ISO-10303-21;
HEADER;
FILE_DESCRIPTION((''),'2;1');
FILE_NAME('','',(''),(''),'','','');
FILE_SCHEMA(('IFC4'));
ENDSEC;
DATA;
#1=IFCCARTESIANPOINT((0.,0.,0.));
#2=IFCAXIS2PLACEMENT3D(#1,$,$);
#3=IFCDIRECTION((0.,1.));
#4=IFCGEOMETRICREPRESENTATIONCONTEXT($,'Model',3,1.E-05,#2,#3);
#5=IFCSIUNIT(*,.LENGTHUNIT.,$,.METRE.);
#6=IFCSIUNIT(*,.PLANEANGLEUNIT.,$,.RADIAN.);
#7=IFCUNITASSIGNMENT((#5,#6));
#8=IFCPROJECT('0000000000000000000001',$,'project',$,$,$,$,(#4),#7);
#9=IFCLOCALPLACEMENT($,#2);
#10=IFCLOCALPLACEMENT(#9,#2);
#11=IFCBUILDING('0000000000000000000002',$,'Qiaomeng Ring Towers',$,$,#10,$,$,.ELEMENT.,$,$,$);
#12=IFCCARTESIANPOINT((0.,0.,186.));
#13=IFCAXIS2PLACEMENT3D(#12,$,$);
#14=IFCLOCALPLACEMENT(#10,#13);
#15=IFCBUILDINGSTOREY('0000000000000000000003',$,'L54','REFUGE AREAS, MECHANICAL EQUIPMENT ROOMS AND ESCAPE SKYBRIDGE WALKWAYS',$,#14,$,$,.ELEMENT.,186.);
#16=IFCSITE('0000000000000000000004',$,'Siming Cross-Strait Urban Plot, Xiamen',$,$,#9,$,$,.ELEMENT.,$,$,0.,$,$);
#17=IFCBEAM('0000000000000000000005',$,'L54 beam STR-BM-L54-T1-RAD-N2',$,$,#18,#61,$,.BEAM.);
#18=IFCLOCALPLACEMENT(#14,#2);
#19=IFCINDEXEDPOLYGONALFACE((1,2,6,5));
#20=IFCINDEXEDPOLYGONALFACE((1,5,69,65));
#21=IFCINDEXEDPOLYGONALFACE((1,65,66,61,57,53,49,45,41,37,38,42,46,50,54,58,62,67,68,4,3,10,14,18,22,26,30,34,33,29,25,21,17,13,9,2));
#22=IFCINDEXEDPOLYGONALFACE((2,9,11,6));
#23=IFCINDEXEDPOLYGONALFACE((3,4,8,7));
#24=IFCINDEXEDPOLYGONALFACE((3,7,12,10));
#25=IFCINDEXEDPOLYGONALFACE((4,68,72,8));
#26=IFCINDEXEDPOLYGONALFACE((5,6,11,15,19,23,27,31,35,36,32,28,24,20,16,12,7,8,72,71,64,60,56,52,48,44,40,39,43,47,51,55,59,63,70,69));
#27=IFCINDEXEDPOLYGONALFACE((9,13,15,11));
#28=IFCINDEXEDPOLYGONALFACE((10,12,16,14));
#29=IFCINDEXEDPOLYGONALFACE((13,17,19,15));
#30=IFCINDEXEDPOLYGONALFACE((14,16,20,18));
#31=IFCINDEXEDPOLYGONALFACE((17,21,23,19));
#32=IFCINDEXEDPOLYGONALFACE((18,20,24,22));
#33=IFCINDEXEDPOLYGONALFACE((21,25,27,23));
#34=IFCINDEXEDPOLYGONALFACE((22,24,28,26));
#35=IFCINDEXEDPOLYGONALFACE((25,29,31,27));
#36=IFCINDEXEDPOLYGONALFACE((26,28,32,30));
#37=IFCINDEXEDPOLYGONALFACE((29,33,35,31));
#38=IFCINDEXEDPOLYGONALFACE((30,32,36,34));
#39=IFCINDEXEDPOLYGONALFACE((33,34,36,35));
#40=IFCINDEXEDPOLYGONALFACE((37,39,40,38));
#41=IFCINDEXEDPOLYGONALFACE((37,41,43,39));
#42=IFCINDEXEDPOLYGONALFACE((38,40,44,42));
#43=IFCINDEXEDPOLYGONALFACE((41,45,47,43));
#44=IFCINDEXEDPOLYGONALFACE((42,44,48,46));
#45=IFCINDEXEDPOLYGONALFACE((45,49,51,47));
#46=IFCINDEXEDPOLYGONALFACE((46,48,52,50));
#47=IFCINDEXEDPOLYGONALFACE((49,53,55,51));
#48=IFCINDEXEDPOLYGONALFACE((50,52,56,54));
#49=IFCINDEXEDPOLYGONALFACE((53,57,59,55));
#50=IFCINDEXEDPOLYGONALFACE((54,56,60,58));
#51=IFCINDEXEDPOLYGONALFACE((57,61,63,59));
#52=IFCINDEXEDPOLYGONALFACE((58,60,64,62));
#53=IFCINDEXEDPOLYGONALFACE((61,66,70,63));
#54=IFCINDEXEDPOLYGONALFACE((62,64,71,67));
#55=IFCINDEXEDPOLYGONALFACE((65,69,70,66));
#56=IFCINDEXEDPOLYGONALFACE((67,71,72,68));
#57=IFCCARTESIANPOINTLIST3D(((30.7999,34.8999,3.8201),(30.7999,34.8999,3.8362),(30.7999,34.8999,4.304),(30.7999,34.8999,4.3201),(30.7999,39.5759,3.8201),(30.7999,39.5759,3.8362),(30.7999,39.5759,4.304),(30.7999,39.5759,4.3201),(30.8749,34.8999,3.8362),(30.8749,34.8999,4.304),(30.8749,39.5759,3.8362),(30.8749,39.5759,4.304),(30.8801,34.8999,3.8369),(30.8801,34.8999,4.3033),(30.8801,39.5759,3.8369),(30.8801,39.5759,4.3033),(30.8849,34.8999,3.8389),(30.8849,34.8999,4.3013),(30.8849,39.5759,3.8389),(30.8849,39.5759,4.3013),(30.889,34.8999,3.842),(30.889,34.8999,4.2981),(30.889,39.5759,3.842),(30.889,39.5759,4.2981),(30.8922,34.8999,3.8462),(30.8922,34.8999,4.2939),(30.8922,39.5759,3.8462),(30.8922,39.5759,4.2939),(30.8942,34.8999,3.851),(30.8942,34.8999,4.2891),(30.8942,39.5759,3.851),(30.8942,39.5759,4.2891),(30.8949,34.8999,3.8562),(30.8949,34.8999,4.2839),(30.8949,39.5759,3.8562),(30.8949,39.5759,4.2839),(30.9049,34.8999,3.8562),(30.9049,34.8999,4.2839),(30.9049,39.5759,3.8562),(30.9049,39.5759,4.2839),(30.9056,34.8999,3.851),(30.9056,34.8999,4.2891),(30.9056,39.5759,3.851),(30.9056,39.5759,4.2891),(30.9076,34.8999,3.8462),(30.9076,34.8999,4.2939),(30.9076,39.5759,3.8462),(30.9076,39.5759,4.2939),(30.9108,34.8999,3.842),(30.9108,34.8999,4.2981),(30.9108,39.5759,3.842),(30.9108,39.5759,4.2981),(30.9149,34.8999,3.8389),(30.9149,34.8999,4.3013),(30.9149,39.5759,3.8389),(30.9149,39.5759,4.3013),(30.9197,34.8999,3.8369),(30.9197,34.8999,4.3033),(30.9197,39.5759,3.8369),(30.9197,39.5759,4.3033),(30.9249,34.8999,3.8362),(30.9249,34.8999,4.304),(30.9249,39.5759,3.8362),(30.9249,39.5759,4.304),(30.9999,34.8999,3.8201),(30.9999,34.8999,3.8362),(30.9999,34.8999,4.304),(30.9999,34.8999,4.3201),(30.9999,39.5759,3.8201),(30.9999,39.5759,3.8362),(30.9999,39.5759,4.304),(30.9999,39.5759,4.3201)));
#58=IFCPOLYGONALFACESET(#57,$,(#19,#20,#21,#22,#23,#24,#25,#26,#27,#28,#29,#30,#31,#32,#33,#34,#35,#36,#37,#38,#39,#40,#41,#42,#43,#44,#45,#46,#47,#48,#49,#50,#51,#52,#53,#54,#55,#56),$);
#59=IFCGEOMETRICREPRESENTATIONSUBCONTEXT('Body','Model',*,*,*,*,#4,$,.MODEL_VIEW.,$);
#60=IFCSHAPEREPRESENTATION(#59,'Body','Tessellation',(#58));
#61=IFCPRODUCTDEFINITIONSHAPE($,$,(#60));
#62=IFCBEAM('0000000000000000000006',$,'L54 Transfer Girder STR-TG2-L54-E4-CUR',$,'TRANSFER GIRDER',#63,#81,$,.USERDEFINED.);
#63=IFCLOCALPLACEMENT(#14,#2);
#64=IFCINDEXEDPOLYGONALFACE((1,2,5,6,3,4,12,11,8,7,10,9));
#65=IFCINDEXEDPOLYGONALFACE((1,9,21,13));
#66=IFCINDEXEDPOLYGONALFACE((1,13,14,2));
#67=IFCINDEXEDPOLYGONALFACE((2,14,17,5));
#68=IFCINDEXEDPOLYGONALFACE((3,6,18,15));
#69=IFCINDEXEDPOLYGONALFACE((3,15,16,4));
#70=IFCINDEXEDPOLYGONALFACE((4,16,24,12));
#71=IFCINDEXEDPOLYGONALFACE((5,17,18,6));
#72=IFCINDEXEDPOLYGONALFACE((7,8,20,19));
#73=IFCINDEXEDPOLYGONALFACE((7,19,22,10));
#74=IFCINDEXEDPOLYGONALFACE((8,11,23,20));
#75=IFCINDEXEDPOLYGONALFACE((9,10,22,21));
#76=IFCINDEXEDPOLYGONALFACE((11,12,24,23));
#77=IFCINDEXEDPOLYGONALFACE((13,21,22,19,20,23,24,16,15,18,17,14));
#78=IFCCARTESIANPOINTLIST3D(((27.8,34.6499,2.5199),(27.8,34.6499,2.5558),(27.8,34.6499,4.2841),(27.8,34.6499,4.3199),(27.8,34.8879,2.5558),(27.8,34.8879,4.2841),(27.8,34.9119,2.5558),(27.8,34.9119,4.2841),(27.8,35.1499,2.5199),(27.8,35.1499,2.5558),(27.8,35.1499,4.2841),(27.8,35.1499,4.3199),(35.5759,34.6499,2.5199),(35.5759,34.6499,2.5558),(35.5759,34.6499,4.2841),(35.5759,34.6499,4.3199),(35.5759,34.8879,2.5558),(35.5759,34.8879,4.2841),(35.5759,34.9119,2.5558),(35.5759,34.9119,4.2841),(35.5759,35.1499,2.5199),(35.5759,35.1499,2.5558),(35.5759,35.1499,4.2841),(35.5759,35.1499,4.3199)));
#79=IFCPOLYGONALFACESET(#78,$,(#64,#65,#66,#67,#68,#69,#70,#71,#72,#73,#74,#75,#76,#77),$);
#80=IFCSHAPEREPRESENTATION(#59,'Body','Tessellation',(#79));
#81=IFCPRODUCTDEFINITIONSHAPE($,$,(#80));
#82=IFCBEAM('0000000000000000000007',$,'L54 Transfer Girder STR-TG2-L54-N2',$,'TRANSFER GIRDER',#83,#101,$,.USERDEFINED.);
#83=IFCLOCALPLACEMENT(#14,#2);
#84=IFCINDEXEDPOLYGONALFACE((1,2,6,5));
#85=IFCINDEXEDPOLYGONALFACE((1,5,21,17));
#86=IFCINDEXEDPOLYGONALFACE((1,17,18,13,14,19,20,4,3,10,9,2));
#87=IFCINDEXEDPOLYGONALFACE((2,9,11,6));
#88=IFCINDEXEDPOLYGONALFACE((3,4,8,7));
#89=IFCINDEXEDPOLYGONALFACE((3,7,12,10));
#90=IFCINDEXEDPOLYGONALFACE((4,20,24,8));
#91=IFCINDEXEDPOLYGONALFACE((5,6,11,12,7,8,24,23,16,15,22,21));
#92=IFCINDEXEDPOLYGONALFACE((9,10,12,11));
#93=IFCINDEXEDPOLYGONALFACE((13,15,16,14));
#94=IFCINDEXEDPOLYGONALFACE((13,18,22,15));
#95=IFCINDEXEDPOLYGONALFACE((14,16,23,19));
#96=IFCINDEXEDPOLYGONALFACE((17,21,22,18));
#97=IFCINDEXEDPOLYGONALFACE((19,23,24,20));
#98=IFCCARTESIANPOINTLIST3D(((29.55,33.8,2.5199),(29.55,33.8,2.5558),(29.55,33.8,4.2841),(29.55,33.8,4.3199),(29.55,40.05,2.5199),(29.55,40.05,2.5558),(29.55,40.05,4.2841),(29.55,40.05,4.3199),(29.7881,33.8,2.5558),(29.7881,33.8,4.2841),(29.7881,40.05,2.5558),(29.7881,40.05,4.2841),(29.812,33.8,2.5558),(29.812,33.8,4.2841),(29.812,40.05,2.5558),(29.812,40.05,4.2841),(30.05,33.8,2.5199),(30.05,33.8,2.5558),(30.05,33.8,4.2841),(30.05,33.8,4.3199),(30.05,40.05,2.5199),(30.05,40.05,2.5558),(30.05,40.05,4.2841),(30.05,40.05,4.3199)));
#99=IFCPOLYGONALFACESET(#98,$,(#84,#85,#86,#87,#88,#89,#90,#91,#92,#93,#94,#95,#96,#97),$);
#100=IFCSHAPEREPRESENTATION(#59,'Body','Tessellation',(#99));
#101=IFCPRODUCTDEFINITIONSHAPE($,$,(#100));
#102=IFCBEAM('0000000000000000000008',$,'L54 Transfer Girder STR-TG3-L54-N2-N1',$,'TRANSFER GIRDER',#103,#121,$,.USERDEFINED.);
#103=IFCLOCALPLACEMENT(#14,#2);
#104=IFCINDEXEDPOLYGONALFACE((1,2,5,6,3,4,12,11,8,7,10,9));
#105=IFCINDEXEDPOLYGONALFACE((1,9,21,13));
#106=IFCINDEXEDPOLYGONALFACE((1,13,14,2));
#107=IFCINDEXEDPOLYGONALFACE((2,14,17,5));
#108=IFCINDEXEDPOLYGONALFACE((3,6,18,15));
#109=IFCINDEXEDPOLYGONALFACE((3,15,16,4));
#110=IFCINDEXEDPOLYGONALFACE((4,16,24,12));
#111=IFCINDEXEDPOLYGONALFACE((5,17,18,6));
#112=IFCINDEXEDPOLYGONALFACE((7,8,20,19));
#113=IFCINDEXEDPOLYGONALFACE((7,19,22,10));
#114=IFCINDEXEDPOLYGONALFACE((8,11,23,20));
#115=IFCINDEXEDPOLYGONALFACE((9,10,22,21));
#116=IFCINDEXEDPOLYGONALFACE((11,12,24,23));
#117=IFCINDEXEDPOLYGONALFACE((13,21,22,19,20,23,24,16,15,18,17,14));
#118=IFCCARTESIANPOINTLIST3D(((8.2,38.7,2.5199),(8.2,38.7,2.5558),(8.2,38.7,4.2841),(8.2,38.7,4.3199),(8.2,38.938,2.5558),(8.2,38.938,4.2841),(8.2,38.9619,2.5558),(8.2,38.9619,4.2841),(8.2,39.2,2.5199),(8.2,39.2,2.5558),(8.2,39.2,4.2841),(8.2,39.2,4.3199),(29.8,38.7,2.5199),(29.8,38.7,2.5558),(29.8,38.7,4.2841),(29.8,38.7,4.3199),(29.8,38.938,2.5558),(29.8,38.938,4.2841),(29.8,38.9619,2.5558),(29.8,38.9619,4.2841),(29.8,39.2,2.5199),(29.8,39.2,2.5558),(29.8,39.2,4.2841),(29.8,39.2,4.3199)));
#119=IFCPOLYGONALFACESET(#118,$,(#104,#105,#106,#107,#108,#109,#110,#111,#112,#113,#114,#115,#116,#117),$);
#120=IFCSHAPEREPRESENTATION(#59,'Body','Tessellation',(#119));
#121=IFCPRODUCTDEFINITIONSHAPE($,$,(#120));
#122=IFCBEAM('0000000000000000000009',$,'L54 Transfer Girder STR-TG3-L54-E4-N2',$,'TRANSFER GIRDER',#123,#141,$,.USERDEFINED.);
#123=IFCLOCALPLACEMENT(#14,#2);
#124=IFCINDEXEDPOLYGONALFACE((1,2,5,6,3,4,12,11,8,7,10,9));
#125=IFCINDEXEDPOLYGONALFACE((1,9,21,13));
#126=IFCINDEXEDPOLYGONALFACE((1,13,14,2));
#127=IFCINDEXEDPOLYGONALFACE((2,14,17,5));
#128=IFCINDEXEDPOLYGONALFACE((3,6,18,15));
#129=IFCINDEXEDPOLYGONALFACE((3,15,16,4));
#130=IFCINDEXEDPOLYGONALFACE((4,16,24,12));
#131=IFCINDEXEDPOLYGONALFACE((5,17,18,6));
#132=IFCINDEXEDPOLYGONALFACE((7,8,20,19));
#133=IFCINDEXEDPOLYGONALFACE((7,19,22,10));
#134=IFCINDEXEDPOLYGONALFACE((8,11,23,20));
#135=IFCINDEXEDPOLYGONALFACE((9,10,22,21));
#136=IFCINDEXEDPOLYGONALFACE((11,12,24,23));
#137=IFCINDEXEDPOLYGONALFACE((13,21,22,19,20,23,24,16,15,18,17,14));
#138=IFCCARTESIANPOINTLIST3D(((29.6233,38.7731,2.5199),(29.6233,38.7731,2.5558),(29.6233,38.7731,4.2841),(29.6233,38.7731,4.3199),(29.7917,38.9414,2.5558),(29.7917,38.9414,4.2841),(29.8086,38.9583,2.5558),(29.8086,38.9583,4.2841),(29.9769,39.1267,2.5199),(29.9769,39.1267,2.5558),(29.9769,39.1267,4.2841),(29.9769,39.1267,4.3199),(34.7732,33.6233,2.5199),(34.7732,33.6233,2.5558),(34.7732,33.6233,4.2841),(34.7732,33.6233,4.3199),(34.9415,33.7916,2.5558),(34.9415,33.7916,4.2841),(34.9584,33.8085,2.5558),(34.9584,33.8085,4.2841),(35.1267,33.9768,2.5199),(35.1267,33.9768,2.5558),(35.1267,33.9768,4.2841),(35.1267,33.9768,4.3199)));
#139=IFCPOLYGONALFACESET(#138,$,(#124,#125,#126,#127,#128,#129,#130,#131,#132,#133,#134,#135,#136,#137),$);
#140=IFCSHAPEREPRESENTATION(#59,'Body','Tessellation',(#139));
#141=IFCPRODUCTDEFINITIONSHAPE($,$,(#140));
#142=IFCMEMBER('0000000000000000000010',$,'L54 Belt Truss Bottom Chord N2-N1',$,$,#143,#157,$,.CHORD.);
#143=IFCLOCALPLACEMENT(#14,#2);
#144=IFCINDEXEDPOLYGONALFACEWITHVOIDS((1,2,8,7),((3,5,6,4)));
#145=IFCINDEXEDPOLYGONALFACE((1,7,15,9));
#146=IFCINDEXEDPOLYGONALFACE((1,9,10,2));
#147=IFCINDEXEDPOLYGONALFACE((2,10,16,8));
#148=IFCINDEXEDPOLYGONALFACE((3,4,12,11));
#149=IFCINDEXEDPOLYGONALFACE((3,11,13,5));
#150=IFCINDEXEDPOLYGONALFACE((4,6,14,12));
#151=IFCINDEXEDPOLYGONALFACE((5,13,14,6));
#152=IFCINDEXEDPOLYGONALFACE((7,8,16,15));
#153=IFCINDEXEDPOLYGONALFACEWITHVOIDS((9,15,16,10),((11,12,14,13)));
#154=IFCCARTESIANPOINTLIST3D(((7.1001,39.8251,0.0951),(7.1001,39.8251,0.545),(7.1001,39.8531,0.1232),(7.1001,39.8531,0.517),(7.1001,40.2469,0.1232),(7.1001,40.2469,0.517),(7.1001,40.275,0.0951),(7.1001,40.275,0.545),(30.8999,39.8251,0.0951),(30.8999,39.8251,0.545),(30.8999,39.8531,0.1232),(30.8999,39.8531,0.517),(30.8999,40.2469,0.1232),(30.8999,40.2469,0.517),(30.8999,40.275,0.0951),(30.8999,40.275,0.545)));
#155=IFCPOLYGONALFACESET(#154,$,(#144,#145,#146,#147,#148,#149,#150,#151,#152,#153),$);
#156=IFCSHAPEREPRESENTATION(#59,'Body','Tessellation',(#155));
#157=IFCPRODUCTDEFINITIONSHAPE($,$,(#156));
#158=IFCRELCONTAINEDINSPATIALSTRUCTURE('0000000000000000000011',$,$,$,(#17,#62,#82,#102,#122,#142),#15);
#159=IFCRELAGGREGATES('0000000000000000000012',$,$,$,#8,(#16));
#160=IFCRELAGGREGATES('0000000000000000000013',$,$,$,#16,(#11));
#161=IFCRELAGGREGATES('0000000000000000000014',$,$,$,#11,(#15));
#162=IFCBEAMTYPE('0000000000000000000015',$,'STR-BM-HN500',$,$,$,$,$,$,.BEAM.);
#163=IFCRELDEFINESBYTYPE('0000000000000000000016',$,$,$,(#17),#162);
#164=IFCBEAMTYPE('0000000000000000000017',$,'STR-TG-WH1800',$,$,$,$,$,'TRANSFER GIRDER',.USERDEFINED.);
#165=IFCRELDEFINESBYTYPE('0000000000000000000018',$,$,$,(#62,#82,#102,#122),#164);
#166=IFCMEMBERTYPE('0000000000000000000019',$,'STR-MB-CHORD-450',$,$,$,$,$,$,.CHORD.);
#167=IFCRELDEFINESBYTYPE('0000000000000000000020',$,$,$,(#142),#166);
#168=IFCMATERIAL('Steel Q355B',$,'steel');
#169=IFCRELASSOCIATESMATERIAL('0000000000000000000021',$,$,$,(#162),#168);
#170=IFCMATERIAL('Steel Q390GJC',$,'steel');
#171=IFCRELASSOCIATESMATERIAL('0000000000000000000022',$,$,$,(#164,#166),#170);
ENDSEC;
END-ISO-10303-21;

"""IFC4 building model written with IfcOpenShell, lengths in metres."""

from ifc_helpers import new_model, si_unit, direction, frame, origin, origin_2d, place, context, subcontext, project, spatial, hollow_rectangle, i_section, extrude, source, transform, mapped, material, material_profile, profile_set, type_object, element, save


model = new_model("IFC4")

# Units and contexts
model_context = context("Model", 3, precision=1e-05, world=origin(), true_north=direction((0.0, 1.0)))
body_context = subcontext(model_context, "Body", "Model", "MODEL_VIEW")
ifc_project = project(units=[si_unit("LENGTHUNIT", "METRE"), si_unit("PLANEANGLEUNIT", "RADIAN")], contexts=[model_context])

# Site, building, storey
site_placement = place(None, origin())
site = spatial("IfcSite", under=ifc_project, at=site_placement, Name="Siming Cross-Strait Urban Plot, Xiamen", CompositionType="ELEMENT", RefElevation=0.0)
building_placement = place(site_placement, origin())
building = spatial("IfcBuilding", under=site, at=building_placement, Name="Qiaomeng Ring Towers", CompositionType="ELEMENT")
storey_placement = place(building_placement, frame((0.0, 0.0, 186.0)))
storey = spatial("IfcBuildingStorey", under=building, at=storey_placement, Name="L54", Description="REFUGE AREAS, MECHANICAL EQUIPMENT ROOMS AND ESCAPE SKYBRIDGE WALKWAYS", CompositionType="ELEMENT", Elevation=186.0)

# Shared definitions
ifc_material_1 = material(Name="Steel Q390GJC", Category="steel")

# Shared definitions
ifc_material_2 = material(Name="Steel Q355B", Category="steel")

# Beams
ifc_material_profile_1 = material_profile(ifc_material_2, i_section(OverallWidth=0.2, OverallDepth=0.5, WebThickness=0.01, FlangeThickness=0.0161, FilletRadius=0.02, at=origin_2d()), Name="HN 500x200x10x16")
ifc_profile_set_1 = profile_set([ifc_material_profile_1], Name="Steel Q355B")
beam_type_1 = type_object("IfcBeamType", Name="STR-BM-HN500", PredefinedType="BEAM", material=ifc_profile_set_1)
shared_shape_1 = source(origin(), body_context, "Body", "SweptSolid", [
    extrude(i_section(OverallWidth=0.2, OverallDepth=0.5, WebThickness=0.01, FlangeThickness=0.0161, FilletRadius=0.02, at=origin_2d()), origin(), (0.0, 0.0, 1.0), 4.676),
])
beam_1_placement = place(storey_placement, frame((30.8999, 39.5759, 4.0701), z_axis=(0.0, -1.0, 0.0), x_axis=(1.0, 0.0, 0.0)))
element("IfcBeam", 1, at=beam_1_placement, inside=storey, type_object=beam_type_1, Name="L54 beam STR-BM-L54-T1-RAD-N2", PredefinedType="BEAM", context=body_context, shape_type="MappedRepresentation", body=[
    mapped(shared_shape_1, transform((0.0, 0.0, 0.0), x_axis=(1.0, 0.0, 0.0), y_axis=(0.0, 1.0, 0.0), z_axis=(0.0, 0.0, 1.0), scale=1.0)),
])
ifc_material_profile_2 = material_profile(ifc_material_1, i_section(OverallWidth=0.5, OverallDepth=1.8, WebThickness=0.0239, FlangeThickness=0.0359, at=origin_2d()), Name="WH 1800x500x24x36")
ifc_profile_set_2 = profile_set([ifc_material_profile_2], Name="Steel Q390GJC")
beam_type_2 = type_object("IfcBeamType", Name="STR-TG-WH1800", ElementType="TRANSFER GIRDER", PredefinedType="USERDEFINED", material=ifc_profile_set_2)
shared_shape_2 = source(origin(), body_context, "Body", "SweptSolid", [
    extrude(i_section(OverallWidth=0.5, OverallDepth=1.8, WebThickness=0.0239, FlangeThickness=0.0359, at=origin_2d()), origin(), (0.0, 0.0, 1.0), 7.7759),
])
beam_2_placement = place(storey_placement, frame((27.8, 34.8999, 3.4199), z_axis=(1.0, 0.0, 0.0), x_axis=(0.0, 1.0, 0.0)))
element("IfcBeam", 2, at=beam_2_placement, inside=storey, type_object=beam_type_2, Name="L54 Transfer Girder STR-TG2-L54-E4-CUR", ObjectType="TRANSFER GIRDER", PredefinedType="USERDEFINED", context=body_context, shape_type="MappedRepresentation", body=[
    mapped(shared_shape_2, transform((0.0, 0.0, 0.0), x_axis=(1.0, 0.0, 0.0), y_axis=(0.0, 1.0, 0.0), z_axis=(0.0, 0.0, 1.0), scale=1.0)),
])
shared_shape_3 = source(origin(), body_context, "Body", "SweptSolid", [
    extrude(i_section(OverallWidth=0.5, OverallDepth=1.8, WebThickness=0.0239, FlangeThickness=0.0359, at=origin_2d()), origin(), (0.0, 0.0, 1.0), 6.25),
])
beam_3_placement = place(storey_placement, frame((29.8, 40.05, 3.4199), z_axis=(0.0, -1.0, 0.0), x_axis=(1.0, 0.0, 0.0)))
element("IfcBeam", 3, at=beam_3_placement, inside=storey, type_object=beam_type_2, Name="L54 Transfer Girder STR-TG2-L54-N2", ObjectType="TRANSFER GIRDER", PredefinedType="USERDEFINED", context=body_context, shape_type="MappedRepresentation", body=[
    mapped(shared_shape_3, transform((0.0, 0.0, 0.0), x_axis=(1.0, 0.0, 0.0), y_axis=(0.0, 1.0, 0.0), z_axis=(0.0, 0.0, 1.0), scale=1.0)),
])
shared_shape_4 = source(origin(), body_context, "Body", "SweptSolid", [
    extrude(i_section(OverallWidth=0.5, OverallDepth=1.8, WebThickness=0.0239, FlangeThickness=0.0359, at=origin_2d()), origin(), (0.0, 0.0, 1.0), 21.6001),
])
beam_4_placement = place(storey_placement, frame((29.8, 38.95, 3.4199), z_axis=(-1.0, 0.0, 0.0), x_axis=(0.0, -1.0, 0.0)))
element("IfcBeam", 4, at=beam_4_placement, inside=storey, type_object=beam_type_2, Name="L54 Transfer Girder STR-TG3-L54-N2-N1", ObjectType="TRANSFER GIRDER", PredefinedType="USERDEFINED", context=body_context, shape_type="MappedRepresentation", body=[
    mapped(shared_shape_4, transform((0.0, 0.0, 0.0), x_axis=(1.0, 0.0, 0.0), y_axis=(0.0, 1.0, 0.0), z_axis=(0.0, 0.0, 1.0), scale=1.0)),
])
shared_shape_5 = source(origin(), body_context, "Body", "SweptSolid", [
    extrude(i_section(OverallWidth=0.5, OverallDepth=1.8, WebThickness=0.0239, FlangeThickness=0.0359, at=origin_2d()), origin(), (0.0, 0.0, 1.0), 7.283),
])
beam_5_placement = place(storey_placement, frame((34.95, 33.8, 3.4199), z_axis=(-0.707107, 0.707107, 0.0), x_axis=(-0.707107, -0.707107, 0.0)))
element("IfcBeam", 5, at=beam_5_placement, inside=storey, type_object=beam_type_2, Name="L54 Transfer Girder STR-TG3-L54-E4-N2", ObjectType="TRANSFER GIRDER", PredefinedType="USERDEFINED", context=body_context, shape_type="MappedRepresentation", body=[
    mapped(shared_shape_5, transform((0.0, 0.0, 0.0), x_axis=(1.0, 0.0, 0.0), y_axis=(0.0, 1.0, 0.0), z_axis=(0.0, 0.0, 1.0), scale=1.0)),
])

# Member
ifc_material_profile_3 = material_profile(ifc_material_1, hollow_rectangle(XDim=0.45, YDim=0.45, WallThickness=0.0281, at=origin_2d()), Name="SHS 450x450x28")
ifc_profile_set_3 = profile_set([ifc_material_profile_3], Name="Steel Q390GJC")
member_type_1 = type_object("IfcMemberType", Name="STR-MB-CHORD-450", PredefinedType="CHORD", material=ifc_profile_set_3)
shared_shape_6 = source(origin(), body_context, "Body", "SweptSolid", [
    extrude(hollow_rectangle(XDim=0.45, YDim=0.45, WallThickness=0.0281, at=origin_2d()), origin(), (0.0, 0.0, 1.0), 23.7998),
])
member_1_placement = place(storey_placement, frame((30.8999, 40.05, 0.3201), z_axis=(-1.0, 0.0, 0.0), x_axis=(0.0, -1.0, 0.0)))
element("IfcMember", 6, at=member_1_placement, inside=storey, type_object=member_type_1, Name="L54 Belt Truss Bottom Chord N2-N1", PredefinedType="CHORD", context=body_context, shape_type="MappedRepresentation", body=[
    mapped(shared_shape_6, transform((0.0, 0.0, 0.0), x_axis=(1.0, 0.0, 0.0), y_axis=(0.0, 1.0, 0.0), z_axis=(0.0, 0.0, 1.0), scale=1.0)),
])

save(model, "model.ifc")
